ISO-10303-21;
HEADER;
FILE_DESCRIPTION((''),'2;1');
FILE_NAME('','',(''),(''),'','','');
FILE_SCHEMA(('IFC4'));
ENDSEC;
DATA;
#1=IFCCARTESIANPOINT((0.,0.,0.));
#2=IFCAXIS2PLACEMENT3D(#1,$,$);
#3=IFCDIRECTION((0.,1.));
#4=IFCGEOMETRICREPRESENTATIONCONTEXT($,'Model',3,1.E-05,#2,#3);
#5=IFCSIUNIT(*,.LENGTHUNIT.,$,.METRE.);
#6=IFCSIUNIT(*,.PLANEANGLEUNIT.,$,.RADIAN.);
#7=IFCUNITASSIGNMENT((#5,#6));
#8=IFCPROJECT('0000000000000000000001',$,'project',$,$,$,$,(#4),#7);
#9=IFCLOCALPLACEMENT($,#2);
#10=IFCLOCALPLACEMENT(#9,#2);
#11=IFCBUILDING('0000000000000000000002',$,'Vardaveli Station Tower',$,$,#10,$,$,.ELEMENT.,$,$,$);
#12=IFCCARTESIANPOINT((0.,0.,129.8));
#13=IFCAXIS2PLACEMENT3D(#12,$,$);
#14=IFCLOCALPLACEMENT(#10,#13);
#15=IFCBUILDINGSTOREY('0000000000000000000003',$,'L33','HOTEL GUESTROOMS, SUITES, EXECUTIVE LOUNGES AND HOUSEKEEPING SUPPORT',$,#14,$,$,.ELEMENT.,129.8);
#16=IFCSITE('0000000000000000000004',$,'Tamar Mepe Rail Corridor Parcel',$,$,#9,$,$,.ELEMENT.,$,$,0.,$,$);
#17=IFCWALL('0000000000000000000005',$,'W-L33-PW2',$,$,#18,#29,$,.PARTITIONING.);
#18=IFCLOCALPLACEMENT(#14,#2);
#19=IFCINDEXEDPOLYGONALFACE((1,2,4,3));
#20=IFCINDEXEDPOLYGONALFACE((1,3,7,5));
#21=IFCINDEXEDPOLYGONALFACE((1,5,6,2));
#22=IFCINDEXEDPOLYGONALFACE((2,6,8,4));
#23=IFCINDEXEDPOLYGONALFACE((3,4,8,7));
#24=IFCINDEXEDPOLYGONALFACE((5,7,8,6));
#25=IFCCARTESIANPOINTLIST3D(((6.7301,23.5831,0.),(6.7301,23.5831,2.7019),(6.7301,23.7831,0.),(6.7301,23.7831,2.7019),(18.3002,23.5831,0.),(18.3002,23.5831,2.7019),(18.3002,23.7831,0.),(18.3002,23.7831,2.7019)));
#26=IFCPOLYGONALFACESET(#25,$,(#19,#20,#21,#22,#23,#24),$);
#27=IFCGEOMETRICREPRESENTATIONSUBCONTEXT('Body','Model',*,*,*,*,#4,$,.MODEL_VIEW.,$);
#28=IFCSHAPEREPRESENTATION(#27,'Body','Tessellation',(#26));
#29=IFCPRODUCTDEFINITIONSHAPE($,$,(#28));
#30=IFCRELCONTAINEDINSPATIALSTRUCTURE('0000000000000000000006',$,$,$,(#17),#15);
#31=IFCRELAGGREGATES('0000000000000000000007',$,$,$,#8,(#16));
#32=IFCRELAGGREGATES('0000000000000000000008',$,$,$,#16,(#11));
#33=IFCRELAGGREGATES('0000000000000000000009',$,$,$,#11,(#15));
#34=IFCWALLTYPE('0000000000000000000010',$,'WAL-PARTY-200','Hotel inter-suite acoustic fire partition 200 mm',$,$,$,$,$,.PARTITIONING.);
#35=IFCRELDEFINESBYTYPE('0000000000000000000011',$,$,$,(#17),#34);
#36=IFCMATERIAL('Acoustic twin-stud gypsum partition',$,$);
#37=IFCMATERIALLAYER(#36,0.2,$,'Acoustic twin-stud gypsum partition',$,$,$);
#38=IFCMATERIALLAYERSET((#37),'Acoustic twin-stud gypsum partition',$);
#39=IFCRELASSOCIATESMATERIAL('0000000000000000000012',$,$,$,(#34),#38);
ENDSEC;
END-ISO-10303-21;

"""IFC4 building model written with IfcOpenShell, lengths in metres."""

from ifc_helpers import new_model, si_unit, direction, frame, frame_2d, origin, place, context, subcontext, project, spatial, rectangle, extrude, source, transform, mapped, material, layer, layer_set, type_object, element, save


model = new_model("IFC4")

# Units and contexts
model_context = context("Model", 3, precision=1e-05, world=origin(), true_north=direction((0.0, 1.0)))
body_context = subcontext(model_context, "Body", "Model", "MODEL_VIEW")
ifc_project = project(units=[si_unit("LENGTHUNIT", "METRE"), si_unit("PLANEANGLEUNIT", "RADIAN")], contexts=[model_context])

# Site, building, storey
site_placement = place(None, origin())
site = spatial("IfcSite", under=ifc_project, at=site_placement, Name="Tamar Mepe Rail Corridor Parcel", CompositionType="ELEMENT", RefElevation=0.0)
building_placement = place(site_placement, origin())
building = spatial("IfcBuilding", under=site, at=building_placement, Name="Vardaveli Station Tower", CompositionType="ELEMENT")
storey_placement = place(building_placement, frame((0.0, 0.0, 129.8)))
storey = spatial("IfcBuildingStorey", under=building, at=storey_placement, Name="L33", Description="HOTEL GUESTROOMS, SUITES, EXECUTIVE LOUNGES AND HOUSEKEEPING SUPPORT", CompositionType="ELEMENT", Elevation=129.8)

# Wall
ifc_material_1 = material(Name="Acoustic twin-stud gypsum partition")
ifc_layer_1 = layer(ifc_material_1, 0.2, Name="Acoustic twin-stud gypsum partition")
ifc_layer_set_1 = layer_set([ifc_layer_1], Name="Acoustic twin-stud gypsum partition")
wall_type_1 = type_object("IfcWallType", Name="WAL-PARTY-200", Description="Hotel inter-suite acoustic fire partition 200 mm", PredefinedType="PARTITIONING", material=ifc_layer_set_1)
shared_shape_1 = source(origin(), body_context, "Body", "SweptSolid", [
    extrude(rectangle(XDim=11.5701, YDim=0.2, at=frame_2d((5.7852, 0.0))), origin(), (0.0, 0.0, 1.0), 2.7019),
])
wall_1_placement = place(storey_placement, frame((6.73, 23.6831, 0.0), z_axis=(0.0, 0.0, 1.0), x_axis=(1.0, 0.0, 0.0)))
element("IfcWall", 1, at=wall_1_placement, inside=storey, type_object=wall_type_1, Name="W-L33-PW2", PredefinedType="PARTITIONING", context=body_context, shape_type="MappedRepresentation", body=[
    mapped(shared_shape_1, transform((0.0, 0.0, 0.0), scale=1.0)),
])

save(model, "model.ifc")
